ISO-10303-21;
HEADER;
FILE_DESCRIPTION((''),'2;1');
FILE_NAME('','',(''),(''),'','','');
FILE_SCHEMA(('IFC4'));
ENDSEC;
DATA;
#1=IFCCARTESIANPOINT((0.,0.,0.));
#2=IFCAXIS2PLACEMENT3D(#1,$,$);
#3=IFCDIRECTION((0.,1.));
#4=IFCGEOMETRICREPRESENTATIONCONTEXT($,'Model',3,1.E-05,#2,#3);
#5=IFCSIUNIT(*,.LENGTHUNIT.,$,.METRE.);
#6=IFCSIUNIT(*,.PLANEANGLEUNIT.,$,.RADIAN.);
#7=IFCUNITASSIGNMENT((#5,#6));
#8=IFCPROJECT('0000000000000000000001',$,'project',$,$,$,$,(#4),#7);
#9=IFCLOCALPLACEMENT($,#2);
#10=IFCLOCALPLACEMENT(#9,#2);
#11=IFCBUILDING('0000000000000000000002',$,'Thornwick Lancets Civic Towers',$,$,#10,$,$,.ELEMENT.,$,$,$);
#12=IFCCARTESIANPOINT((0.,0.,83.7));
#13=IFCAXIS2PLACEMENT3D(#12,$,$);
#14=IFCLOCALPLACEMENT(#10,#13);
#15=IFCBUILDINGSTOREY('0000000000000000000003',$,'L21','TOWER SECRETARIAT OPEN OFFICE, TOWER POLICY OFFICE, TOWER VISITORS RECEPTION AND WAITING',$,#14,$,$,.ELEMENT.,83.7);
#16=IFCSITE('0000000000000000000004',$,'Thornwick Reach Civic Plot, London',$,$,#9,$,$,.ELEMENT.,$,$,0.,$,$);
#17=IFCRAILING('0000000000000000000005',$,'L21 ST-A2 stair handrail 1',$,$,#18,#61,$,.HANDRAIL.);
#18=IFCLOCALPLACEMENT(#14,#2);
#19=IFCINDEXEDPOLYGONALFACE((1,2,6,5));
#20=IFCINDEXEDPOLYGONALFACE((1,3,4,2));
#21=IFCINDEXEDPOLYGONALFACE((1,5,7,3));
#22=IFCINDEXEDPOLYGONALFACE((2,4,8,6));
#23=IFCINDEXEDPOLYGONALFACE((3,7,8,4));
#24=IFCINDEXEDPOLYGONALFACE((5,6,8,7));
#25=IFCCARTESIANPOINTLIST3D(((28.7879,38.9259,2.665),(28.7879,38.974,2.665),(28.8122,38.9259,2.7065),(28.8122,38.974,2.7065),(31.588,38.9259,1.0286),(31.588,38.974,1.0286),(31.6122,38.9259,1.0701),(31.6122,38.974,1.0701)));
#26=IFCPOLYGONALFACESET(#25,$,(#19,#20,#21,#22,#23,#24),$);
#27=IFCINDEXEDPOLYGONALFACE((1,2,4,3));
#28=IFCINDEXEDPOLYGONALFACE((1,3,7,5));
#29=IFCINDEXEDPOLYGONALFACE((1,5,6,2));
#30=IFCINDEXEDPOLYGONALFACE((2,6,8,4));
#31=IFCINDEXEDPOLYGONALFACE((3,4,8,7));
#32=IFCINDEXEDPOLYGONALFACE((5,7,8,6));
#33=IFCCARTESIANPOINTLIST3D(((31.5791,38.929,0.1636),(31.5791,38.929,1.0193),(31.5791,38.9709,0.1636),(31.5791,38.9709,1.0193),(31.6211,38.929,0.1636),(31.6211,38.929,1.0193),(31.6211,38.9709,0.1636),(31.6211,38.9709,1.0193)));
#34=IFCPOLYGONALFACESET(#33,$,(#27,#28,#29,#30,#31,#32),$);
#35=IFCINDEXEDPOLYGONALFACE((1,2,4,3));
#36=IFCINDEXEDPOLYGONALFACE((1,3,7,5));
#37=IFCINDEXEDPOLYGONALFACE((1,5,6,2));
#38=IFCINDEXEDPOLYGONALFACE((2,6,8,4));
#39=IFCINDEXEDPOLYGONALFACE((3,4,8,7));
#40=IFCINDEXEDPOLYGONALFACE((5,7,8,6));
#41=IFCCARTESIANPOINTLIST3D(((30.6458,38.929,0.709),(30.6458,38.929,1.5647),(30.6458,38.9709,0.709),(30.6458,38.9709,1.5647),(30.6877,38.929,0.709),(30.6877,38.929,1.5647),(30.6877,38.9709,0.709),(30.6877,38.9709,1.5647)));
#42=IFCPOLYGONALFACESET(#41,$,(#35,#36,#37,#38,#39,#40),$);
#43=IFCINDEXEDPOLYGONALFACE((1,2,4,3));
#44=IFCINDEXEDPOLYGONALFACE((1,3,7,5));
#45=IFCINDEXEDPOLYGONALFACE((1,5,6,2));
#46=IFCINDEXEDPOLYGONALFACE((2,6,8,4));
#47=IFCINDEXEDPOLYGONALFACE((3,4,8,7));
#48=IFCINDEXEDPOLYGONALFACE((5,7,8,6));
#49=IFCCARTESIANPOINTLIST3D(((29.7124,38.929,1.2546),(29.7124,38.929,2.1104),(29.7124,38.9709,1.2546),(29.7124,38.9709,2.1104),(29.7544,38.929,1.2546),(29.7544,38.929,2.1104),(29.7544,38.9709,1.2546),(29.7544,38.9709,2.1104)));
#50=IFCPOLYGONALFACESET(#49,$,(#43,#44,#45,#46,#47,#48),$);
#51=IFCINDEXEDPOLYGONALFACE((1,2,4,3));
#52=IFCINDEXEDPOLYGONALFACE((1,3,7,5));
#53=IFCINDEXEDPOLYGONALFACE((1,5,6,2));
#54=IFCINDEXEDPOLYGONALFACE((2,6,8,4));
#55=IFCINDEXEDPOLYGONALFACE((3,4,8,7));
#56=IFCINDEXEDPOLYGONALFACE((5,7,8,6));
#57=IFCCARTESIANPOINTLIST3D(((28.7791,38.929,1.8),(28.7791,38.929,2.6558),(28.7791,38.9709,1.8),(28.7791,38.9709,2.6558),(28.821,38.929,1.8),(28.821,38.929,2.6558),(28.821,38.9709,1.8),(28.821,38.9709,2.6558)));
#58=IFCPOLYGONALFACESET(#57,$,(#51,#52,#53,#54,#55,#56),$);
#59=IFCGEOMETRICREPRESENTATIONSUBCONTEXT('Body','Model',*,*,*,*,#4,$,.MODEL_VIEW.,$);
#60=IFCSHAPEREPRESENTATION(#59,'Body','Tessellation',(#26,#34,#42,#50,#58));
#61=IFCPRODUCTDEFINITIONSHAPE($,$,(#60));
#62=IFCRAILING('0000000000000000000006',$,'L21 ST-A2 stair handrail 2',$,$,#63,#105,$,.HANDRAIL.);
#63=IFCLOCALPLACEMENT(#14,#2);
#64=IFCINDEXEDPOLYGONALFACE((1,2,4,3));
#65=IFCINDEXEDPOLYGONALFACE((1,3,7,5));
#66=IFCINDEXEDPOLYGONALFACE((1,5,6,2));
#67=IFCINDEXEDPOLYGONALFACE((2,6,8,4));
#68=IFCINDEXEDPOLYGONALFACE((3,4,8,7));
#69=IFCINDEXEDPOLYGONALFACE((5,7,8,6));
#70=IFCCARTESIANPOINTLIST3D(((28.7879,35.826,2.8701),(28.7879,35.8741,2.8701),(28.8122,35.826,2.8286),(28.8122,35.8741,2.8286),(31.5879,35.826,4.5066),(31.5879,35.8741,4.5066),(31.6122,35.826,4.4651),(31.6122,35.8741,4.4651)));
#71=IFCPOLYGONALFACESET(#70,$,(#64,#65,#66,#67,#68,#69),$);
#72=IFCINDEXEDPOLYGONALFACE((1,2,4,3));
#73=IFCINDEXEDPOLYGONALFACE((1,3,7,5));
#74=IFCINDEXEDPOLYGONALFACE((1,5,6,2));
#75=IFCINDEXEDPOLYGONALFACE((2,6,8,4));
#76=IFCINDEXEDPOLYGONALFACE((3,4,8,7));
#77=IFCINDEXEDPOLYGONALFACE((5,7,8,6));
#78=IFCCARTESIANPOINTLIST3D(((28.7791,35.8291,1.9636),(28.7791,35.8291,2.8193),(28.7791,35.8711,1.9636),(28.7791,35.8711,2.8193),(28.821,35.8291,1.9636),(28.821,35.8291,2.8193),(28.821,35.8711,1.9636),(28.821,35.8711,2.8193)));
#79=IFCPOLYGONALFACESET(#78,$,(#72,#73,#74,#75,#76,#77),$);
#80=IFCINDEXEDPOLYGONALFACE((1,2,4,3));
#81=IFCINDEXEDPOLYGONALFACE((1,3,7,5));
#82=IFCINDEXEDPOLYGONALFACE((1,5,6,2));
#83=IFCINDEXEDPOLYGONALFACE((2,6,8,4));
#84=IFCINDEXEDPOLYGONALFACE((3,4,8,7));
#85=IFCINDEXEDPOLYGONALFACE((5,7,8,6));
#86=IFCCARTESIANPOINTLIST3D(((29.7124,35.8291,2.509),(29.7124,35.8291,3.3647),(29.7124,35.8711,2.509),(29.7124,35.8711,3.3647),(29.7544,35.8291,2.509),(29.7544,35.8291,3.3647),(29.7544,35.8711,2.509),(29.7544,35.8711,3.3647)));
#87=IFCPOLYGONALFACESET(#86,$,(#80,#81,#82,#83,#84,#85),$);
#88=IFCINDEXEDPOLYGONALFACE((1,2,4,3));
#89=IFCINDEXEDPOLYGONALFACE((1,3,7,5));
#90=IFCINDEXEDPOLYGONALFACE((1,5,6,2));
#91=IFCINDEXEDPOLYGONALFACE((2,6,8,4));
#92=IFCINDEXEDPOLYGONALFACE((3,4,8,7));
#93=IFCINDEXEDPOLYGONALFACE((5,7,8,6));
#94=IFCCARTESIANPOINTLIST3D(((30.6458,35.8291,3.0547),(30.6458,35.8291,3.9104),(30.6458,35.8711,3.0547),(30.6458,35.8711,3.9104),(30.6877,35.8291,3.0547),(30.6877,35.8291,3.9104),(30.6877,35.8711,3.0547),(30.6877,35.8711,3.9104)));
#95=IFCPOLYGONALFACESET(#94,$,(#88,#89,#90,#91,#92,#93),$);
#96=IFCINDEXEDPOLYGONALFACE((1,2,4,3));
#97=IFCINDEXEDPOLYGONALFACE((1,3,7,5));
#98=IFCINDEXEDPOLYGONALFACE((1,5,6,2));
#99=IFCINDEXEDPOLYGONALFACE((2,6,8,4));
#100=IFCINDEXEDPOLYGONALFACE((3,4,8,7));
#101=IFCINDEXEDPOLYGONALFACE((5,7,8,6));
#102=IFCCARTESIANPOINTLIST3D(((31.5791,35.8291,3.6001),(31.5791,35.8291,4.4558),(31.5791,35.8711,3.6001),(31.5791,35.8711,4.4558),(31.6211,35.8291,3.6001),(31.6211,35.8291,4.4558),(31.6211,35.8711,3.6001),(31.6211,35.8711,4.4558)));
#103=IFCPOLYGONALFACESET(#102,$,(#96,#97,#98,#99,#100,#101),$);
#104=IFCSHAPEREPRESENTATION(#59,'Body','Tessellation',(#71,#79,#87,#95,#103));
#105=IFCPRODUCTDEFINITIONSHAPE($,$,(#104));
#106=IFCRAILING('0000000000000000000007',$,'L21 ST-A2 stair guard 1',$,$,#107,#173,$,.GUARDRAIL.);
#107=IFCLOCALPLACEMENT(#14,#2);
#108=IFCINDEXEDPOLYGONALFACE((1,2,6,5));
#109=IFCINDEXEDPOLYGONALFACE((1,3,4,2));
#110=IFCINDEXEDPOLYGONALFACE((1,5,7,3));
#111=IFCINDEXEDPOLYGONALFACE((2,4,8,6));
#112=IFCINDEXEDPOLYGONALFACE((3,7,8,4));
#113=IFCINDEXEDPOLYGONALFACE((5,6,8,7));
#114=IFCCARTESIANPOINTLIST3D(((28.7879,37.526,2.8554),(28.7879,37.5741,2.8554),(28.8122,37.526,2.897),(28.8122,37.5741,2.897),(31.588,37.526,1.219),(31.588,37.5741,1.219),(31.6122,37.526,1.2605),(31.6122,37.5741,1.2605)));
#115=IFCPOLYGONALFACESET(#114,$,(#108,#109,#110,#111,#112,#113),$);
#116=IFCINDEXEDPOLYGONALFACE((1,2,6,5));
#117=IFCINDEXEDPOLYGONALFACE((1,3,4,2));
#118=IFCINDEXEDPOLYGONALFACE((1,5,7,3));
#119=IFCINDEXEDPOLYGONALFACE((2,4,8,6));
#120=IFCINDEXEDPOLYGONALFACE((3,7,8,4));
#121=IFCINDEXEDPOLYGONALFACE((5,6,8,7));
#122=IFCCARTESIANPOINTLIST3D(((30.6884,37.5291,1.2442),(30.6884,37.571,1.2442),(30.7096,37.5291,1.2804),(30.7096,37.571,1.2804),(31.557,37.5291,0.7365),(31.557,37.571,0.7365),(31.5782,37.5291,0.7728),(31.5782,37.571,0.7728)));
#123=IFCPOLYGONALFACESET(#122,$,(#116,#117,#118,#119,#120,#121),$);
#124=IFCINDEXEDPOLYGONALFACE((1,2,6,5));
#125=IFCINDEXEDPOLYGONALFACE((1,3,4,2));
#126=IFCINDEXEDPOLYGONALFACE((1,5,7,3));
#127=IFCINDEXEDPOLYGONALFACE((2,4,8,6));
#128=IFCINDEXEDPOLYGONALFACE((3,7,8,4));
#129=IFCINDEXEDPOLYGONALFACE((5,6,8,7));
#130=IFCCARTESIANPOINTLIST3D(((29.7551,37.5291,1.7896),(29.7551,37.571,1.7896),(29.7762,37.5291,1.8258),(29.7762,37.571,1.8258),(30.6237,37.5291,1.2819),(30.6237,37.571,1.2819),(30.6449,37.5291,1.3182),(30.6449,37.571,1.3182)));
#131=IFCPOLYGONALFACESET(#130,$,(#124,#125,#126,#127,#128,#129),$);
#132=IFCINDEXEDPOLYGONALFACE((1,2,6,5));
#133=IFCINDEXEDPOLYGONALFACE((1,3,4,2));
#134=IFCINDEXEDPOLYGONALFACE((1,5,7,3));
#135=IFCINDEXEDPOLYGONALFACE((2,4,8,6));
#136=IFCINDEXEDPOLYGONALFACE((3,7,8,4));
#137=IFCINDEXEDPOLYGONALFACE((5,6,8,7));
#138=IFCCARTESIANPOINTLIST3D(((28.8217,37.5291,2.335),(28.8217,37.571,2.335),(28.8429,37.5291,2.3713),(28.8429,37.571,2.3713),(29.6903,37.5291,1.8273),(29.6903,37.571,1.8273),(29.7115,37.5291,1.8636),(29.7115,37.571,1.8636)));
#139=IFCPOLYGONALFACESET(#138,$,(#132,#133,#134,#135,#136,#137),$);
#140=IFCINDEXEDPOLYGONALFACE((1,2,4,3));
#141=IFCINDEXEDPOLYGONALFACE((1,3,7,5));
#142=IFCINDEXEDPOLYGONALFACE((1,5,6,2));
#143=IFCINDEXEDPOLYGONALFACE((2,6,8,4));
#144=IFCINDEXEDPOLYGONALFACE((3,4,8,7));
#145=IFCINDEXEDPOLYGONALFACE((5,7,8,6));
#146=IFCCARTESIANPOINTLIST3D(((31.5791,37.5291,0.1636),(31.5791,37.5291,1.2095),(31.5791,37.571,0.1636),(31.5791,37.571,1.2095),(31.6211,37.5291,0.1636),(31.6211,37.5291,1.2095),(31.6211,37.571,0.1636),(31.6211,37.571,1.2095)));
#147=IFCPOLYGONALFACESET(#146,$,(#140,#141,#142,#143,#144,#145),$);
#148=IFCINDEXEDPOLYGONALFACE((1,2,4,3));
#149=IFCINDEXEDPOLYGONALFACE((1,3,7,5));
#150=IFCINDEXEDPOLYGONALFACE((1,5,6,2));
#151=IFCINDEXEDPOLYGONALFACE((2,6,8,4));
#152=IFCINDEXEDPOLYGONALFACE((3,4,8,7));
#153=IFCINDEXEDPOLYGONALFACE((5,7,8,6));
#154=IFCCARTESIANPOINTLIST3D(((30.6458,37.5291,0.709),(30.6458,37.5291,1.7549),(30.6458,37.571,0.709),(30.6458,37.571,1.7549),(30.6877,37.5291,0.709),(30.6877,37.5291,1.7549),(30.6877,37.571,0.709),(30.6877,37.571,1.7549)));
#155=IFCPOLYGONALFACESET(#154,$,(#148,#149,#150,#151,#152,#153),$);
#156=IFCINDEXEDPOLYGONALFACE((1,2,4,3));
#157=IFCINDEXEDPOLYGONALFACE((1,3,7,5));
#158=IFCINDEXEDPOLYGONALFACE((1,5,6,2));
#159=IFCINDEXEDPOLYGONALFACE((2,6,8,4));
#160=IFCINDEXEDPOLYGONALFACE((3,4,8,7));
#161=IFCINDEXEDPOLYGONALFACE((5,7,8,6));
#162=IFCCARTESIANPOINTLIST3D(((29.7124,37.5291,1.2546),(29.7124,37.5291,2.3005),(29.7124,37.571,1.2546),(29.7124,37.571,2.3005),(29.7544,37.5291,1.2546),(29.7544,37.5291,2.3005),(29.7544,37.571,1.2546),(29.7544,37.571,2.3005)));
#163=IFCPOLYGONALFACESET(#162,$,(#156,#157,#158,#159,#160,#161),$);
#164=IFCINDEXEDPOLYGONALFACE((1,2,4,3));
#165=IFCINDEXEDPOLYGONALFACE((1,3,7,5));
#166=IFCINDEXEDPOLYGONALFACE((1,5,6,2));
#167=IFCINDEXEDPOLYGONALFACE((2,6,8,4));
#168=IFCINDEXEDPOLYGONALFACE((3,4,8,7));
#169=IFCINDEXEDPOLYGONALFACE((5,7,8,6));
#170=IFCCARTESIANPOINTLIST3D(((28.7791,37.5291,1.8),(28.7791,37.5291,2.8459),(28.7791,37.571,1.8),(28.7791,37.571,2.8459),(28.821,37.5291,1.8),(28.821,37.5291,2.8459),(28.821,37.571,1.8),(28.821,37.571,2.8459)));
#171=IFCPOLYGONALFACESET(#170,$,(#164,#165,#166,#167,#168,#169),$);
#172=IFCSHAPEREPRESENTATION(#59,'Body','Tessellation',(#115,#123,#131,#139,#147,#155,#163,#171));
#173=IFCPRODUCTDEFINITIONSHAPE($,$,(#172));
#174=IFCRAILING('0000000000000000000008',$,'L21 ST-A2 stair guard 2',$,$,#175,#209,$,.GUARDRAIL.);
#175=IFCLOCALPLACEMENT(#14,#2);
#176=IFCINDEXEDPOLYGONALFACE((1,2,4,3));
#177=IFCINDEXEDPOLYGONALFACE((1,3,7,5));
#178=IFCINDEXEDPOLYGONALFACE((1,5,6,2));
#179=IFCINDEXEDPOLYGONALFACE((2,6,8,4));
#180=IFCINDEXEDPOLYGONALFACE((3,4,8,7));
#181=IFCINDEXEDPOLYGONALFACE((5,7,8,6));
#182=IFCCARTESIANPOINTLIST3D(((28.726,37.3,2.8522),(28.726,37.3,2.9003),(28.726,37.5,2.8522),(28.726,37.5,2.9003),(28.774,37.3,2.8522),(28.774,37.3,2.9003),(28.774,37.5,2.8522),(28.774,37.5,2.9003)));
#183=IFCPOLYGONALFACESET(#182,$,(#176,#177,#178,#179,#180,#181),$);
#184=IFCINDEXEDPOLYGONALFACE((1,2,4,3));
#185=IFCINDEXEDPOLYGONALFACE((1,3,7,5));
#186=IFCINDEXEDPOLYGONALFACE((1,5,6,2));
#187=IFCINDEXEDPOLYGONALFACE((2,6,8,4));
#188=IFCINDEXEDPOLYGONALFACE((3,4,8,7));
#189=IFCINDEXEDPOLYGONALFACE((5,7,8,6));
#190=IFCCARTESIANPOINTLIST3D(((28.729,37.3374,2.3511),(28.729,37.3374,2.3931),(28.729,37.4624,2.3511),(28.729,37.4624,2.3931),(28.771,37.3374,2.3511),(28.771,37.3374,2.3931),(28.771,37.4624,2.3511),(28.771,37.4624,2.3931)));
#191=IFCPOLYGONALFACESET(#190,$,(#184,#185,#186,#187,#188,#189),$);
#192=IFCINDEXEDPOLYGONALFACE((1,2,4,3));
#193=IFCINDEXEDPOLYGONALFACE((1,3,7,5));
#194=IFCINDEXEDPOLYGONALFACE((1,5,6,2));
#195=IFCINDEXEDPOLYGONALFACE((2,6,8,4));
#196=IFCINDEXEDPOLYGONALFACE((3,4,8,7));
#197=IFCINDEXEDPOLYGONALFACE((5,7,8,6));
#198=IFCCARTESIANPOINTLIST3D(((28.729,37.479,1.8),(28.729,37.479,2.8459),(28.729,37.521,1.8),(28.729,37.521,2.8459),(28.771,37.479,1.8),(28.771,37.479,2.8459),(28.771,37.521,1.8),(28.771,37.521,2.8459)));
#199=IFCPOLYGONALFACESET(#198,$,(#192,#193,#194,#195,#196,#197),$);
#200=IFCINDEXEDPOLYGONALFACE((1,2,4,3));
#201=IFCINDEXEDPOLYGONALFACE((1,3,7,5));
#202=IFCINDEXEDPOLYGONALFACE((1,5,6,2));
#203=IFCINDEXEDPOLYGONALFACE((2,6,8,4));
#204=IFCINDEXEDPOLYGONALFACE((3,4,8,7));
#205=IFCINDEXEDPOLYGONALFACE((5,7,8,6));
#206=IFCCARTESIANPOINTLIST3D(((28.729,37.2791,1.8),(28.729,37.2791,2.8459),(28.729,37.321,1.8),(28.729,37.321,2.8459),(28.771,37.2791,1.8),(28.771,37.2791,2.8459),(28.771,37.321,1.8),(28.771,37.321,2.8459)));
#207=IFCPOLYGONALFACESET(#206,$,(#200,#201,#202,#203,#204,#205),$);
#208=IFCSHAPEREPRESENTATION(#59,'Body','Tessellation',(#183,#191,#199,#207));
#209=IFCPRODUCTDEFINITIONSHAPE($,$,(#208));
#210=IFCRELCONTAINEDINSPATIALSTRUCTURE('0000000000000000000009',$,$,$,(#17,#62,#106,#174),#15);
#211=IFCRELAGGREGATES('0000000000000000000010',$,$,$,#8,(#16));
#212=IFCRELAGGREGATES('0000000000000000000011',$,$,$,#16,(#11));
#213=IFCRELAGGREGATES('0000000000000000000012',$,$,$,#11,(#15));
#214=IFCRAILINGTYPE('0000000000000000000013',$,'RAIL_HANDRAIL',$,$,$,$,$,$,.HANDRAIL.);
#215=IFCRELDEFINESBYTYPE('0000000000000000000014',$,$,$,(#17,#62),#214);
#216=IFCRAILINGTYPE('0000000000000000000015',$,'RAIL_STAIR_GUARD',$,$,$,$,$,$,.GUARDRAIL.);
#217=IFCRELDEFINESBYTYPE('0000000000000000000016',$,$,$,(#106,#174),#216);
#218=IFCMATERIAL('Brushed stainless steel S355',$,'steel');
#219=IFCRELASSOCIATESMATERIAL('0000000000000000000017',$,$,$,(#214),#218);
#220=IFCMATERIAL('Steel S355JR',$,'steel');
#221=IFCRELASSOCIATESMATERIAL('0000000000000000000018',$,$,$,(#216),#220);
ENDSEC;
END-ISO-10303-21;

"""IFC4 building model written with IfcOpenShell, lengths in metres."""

from ifc_helpers import new_model, si_unit, direction, frame, origin, origin_2d, place, context, subcontext, project, spatial, rectangle, extrude, material, type_object, element, save


model = new_model("IFC4")

# Units and contexts
model_context = context("Model", 3, precision=1e-05, world=origin(), true_north=direction((0.0, 1.0)))
body_context = subcontext(model_context, "Body", "Model", "MODEL_VIEW")
ifc_project = project(units=[si_unit("LENGTHUNIT", "METRE"), si_unit("PLANEANGLEUNIT", "RADIAN")], contexts=[model_context])

# Site, building, storey
site_placement = place(None, origin())
site = spatial("IfcSite", under=ifc_project, at=site_placement, Name="Thornwick Reach Civic Plot, London", CompositionType="ELEMENT", RefElevation=0.0)
building_placement = place(site_placement, origin())
building = spatial("IfcBuilding", under=site, at=building_placement, Name="Thornwick Lancets Civic Towers", CompositionType="ELEMENT")
storey_placement = place(building_placement, frame((0.0, 0.0, 83.7)))
storey = spatial("IfcBuildingStorey", under=building, at=storey_placement, Name="L21", Description="TOWER SECRETARIAT OPEN OFFICE, TOWER POLICY OFFICE, TOWER VISITORS RECEPTION AND WAITING", CompositionType="ELEMENT", Elevation=83.7)

# Shared definitions
ifc_material_1 = material(Name="Steel S355JR", Category="steel")

# Railings
ifc_material_2 = material(Name="Brushed stainless steel S355", Category="steel")
railing_type_1 = type_object("IfcRailingType", Name="RAIL_HANDRAIL", PredefinedType="HANDRAIL", material=ifc_material_2)
railing_1_placement = place(storey_placement, frame((31.6001, 38.95, 0.1636)))
element("IfcRailing", 1, at=railing_1_placement, inside=storey, type_object=railing_type_1, Name="L21 ST-A2 stair handrail 1", PredefinedType="HANDRAIL", context=body_context, shape_type="SweptSolid", body=[
    extrude(rectangle(XDim=0.0481, YDim=0.0481, at=origin_2d()), frame((0.0, 0.0, 0.8857), z_axis=(-0.863361, 0.0, 0.504587), x_axis=(0.0, -1.0, 0.0)), (0.0, 0.0, 1.0), 3.2432),
    extrude(rectangle(XDim=0.042, YDim=0.042, at=origin_2d()), origin(), (0.0, 0.0, 1.0), 0.8557),
    extrude(rectangle(XDim=0.042, YDim=0.042, at=origin_2d()), frame((-0.9333, 0.0, 0.5454)), (0.0, 0.0, 1.0), 0.8557),
    extrude(rectangle(XDim=0.042, YDim=0.042, at=origin_2d()), frame((-1.8667, 0.0, 1.0911)), (0.0, 0.0, 1.0), 0.8557),
    extrude(rectangle(XDim=0.042, YDim=0.042, at=origin_2d()), frame((-2.8, 0.0, 1.6365)), (0.0, 0.0, 1.0), 0.8557),
])
railing_2_placement = place(storey_placement, frame((28.8, 35.8501, 1.9636)))
element("IfcRailing", 2, at=railing_2_placement, inside=storey, type_object=railing_type_1, Name="L21 ST-A2 stair handrail 2", PredefinedType="HANDRAIL", context=body_context, shape_type="SweptSolid", body=[
    extrude(rectangle(XDim=0.0481, YDim=0.0481, at=origin_2d()), frame((0.0, 0.0, 0.8857), z_axis=(0.863361, 0.0, 0.504587), x_axis=(0.0, 1.0, 0.0)), (0.0, 0.0, 1.0), 3.2432),
    extrude(rectangle(XDim=0.042, YDim=0.042, at=origin_2d()), origin(), (0.0, 0.0, 1.0), 0.8557),
    extrude(rectangle(XDim=0.042, YDim=0.042, at=origin_2d()), frame((0.9333, 0.0, 0.5454)), (0.0, 0.0, 1.0), 0.8557),
    extrude(rectangle(XDim=0.042, YDim=0.042, at=origin_2d()), frame((1.8667, 0.0, 1.0911)), (0.0, 0.0, 1.0), 0.8557),
    extrude(rectangle(XDim=0.042, YDim=0.042, at=origin_2d()), frame((2.8, 0.0, 1.6365)), (0.0, 0.0, 1.0), 0.8557),
])
railing_type_2 = type_object("IfcRailingType", Name="RAIL_STAIR_GUARD", PredefinedType="GUARDRAIL", material=ifc_material_1)
railing_3_placement = place(storey_placement, frame((31.6001, 37.55, 0.1636)))
element("IfcRailing", 3, at=railing_3_placement, inside=storey, type_object=railing_type_2, Name="L21 ST-A2 stair guard 1", PredefinedType="GUARDRAIL", context=body_context, shape_type="SweptSolid", body=[
    extrude(rectangle(XDim=0.0481, YDim=0.0481, at=origin_2d()), frame((0.0, 0.0, 1.0762), z_axis=(-0.863361, 0.0, 0.504587), x_axis=(0.0, -1.0, 0.0)), (0.0, 0.0, 1.0), 3.2432),
    extrude(rectangle(XDim=0.042, YDim=0.042, at=origin_2d()), frame((-0.0325, 0.0, 0.5911), z_axis=(-0.863361, 0.0, 0.504587), x_axis=(0.0, -1.0, 0.0)), (0.0, 0.0, 1.0), 1.0061),
    extrude(rectangle(XDim=0.042, YDim=0.042, at=origin_2d()), frame((-0.9658, 0.0, 1.1365), z_axis=(-0.863361, 0.0, 0.504587), x_axis=(0.0, -1.0, 0.0)), (0.0, 0.0, 1.0), 1.0061),
    extrude(rectangle(XDim=0.042, YDim=0.042, at=origin_2d()), frame((-1.8992, 0.0, 1.6819), z_axis=(-0.863361, 0.0, 0.504587), x_axis=(0.0, -1.0, 0.0)), (0.0, 0.0, 1.0), 1.0061),
    extrude(rectangle(XDim=0.042, YDim=0.042, at=origin_2d()), origin(), (0.0, 0.0, 1.0), 1.0459),
    extrude(rectangle(XDim=0.042, YDim=0.042, at=origin_2d()), frame((-0.9333, 0.0, 0.5454)), (0.0, 0.0, 1.0), 1.0459),
    extrude(rectangle(XDim=0.042, YDim=0.042, at=origin_2d()), frame((-1.8667, 0.0, 1.0911)), (0.0, 0.0, 1.0), 1.0459),
    extrude(rectangle(XDim=0.042, YDim=0.042, at=origin_2d()), frame((-2.8, 0.0, 1.6365)), (0.0, 0.0, 1.0), 1.0459),
])
railing_4_placement = place(storey_placement, frame((28.75, 37.5, 1.8)))
element("IfcRailing", 4, at=railing_4_placement, inside=storey, type_object=railing_type_2, Name="L21 ST-A2 stair guard 2", PredefinedType="GUARDRAIL", context=body_context, shape_type="SweptSolid", body=[
    extrude(rectangle(XDim=0.0481, YDim=0.0481, at=origin_2d()), frame((0.0, 0.0, 1.0762), z_axis=(0.0, -1.0, 0.0), x_axis=(1.0, 0.0, 0.0)), (0.0, 0.0, 1.0), 0.2),
    extrude(rectangle(XDim=0.042, YDim=0.042, at=origin_2d()), frame((0.0, -0.0376, 0.572), z_axis=(0.0, -1.0, 0.0), x_axis=(1.0, 0.0, 0.0)), (0.0, 0.0, 1.0), 0.125),
    extrude(rectangle(XDim=0.042, YDim=0.042, at=origin_2d()), origin(), (0.0, 0.0, 1.0), 1.0459),
    extrude(rectangle(XDim=0.042, YDim=0.042, at=origin_2d()), frame((0.0, -0.2, 0.0)), (0.0, 0.0, 1.0), 1.0459),
])

save(model, "model.ifc")
